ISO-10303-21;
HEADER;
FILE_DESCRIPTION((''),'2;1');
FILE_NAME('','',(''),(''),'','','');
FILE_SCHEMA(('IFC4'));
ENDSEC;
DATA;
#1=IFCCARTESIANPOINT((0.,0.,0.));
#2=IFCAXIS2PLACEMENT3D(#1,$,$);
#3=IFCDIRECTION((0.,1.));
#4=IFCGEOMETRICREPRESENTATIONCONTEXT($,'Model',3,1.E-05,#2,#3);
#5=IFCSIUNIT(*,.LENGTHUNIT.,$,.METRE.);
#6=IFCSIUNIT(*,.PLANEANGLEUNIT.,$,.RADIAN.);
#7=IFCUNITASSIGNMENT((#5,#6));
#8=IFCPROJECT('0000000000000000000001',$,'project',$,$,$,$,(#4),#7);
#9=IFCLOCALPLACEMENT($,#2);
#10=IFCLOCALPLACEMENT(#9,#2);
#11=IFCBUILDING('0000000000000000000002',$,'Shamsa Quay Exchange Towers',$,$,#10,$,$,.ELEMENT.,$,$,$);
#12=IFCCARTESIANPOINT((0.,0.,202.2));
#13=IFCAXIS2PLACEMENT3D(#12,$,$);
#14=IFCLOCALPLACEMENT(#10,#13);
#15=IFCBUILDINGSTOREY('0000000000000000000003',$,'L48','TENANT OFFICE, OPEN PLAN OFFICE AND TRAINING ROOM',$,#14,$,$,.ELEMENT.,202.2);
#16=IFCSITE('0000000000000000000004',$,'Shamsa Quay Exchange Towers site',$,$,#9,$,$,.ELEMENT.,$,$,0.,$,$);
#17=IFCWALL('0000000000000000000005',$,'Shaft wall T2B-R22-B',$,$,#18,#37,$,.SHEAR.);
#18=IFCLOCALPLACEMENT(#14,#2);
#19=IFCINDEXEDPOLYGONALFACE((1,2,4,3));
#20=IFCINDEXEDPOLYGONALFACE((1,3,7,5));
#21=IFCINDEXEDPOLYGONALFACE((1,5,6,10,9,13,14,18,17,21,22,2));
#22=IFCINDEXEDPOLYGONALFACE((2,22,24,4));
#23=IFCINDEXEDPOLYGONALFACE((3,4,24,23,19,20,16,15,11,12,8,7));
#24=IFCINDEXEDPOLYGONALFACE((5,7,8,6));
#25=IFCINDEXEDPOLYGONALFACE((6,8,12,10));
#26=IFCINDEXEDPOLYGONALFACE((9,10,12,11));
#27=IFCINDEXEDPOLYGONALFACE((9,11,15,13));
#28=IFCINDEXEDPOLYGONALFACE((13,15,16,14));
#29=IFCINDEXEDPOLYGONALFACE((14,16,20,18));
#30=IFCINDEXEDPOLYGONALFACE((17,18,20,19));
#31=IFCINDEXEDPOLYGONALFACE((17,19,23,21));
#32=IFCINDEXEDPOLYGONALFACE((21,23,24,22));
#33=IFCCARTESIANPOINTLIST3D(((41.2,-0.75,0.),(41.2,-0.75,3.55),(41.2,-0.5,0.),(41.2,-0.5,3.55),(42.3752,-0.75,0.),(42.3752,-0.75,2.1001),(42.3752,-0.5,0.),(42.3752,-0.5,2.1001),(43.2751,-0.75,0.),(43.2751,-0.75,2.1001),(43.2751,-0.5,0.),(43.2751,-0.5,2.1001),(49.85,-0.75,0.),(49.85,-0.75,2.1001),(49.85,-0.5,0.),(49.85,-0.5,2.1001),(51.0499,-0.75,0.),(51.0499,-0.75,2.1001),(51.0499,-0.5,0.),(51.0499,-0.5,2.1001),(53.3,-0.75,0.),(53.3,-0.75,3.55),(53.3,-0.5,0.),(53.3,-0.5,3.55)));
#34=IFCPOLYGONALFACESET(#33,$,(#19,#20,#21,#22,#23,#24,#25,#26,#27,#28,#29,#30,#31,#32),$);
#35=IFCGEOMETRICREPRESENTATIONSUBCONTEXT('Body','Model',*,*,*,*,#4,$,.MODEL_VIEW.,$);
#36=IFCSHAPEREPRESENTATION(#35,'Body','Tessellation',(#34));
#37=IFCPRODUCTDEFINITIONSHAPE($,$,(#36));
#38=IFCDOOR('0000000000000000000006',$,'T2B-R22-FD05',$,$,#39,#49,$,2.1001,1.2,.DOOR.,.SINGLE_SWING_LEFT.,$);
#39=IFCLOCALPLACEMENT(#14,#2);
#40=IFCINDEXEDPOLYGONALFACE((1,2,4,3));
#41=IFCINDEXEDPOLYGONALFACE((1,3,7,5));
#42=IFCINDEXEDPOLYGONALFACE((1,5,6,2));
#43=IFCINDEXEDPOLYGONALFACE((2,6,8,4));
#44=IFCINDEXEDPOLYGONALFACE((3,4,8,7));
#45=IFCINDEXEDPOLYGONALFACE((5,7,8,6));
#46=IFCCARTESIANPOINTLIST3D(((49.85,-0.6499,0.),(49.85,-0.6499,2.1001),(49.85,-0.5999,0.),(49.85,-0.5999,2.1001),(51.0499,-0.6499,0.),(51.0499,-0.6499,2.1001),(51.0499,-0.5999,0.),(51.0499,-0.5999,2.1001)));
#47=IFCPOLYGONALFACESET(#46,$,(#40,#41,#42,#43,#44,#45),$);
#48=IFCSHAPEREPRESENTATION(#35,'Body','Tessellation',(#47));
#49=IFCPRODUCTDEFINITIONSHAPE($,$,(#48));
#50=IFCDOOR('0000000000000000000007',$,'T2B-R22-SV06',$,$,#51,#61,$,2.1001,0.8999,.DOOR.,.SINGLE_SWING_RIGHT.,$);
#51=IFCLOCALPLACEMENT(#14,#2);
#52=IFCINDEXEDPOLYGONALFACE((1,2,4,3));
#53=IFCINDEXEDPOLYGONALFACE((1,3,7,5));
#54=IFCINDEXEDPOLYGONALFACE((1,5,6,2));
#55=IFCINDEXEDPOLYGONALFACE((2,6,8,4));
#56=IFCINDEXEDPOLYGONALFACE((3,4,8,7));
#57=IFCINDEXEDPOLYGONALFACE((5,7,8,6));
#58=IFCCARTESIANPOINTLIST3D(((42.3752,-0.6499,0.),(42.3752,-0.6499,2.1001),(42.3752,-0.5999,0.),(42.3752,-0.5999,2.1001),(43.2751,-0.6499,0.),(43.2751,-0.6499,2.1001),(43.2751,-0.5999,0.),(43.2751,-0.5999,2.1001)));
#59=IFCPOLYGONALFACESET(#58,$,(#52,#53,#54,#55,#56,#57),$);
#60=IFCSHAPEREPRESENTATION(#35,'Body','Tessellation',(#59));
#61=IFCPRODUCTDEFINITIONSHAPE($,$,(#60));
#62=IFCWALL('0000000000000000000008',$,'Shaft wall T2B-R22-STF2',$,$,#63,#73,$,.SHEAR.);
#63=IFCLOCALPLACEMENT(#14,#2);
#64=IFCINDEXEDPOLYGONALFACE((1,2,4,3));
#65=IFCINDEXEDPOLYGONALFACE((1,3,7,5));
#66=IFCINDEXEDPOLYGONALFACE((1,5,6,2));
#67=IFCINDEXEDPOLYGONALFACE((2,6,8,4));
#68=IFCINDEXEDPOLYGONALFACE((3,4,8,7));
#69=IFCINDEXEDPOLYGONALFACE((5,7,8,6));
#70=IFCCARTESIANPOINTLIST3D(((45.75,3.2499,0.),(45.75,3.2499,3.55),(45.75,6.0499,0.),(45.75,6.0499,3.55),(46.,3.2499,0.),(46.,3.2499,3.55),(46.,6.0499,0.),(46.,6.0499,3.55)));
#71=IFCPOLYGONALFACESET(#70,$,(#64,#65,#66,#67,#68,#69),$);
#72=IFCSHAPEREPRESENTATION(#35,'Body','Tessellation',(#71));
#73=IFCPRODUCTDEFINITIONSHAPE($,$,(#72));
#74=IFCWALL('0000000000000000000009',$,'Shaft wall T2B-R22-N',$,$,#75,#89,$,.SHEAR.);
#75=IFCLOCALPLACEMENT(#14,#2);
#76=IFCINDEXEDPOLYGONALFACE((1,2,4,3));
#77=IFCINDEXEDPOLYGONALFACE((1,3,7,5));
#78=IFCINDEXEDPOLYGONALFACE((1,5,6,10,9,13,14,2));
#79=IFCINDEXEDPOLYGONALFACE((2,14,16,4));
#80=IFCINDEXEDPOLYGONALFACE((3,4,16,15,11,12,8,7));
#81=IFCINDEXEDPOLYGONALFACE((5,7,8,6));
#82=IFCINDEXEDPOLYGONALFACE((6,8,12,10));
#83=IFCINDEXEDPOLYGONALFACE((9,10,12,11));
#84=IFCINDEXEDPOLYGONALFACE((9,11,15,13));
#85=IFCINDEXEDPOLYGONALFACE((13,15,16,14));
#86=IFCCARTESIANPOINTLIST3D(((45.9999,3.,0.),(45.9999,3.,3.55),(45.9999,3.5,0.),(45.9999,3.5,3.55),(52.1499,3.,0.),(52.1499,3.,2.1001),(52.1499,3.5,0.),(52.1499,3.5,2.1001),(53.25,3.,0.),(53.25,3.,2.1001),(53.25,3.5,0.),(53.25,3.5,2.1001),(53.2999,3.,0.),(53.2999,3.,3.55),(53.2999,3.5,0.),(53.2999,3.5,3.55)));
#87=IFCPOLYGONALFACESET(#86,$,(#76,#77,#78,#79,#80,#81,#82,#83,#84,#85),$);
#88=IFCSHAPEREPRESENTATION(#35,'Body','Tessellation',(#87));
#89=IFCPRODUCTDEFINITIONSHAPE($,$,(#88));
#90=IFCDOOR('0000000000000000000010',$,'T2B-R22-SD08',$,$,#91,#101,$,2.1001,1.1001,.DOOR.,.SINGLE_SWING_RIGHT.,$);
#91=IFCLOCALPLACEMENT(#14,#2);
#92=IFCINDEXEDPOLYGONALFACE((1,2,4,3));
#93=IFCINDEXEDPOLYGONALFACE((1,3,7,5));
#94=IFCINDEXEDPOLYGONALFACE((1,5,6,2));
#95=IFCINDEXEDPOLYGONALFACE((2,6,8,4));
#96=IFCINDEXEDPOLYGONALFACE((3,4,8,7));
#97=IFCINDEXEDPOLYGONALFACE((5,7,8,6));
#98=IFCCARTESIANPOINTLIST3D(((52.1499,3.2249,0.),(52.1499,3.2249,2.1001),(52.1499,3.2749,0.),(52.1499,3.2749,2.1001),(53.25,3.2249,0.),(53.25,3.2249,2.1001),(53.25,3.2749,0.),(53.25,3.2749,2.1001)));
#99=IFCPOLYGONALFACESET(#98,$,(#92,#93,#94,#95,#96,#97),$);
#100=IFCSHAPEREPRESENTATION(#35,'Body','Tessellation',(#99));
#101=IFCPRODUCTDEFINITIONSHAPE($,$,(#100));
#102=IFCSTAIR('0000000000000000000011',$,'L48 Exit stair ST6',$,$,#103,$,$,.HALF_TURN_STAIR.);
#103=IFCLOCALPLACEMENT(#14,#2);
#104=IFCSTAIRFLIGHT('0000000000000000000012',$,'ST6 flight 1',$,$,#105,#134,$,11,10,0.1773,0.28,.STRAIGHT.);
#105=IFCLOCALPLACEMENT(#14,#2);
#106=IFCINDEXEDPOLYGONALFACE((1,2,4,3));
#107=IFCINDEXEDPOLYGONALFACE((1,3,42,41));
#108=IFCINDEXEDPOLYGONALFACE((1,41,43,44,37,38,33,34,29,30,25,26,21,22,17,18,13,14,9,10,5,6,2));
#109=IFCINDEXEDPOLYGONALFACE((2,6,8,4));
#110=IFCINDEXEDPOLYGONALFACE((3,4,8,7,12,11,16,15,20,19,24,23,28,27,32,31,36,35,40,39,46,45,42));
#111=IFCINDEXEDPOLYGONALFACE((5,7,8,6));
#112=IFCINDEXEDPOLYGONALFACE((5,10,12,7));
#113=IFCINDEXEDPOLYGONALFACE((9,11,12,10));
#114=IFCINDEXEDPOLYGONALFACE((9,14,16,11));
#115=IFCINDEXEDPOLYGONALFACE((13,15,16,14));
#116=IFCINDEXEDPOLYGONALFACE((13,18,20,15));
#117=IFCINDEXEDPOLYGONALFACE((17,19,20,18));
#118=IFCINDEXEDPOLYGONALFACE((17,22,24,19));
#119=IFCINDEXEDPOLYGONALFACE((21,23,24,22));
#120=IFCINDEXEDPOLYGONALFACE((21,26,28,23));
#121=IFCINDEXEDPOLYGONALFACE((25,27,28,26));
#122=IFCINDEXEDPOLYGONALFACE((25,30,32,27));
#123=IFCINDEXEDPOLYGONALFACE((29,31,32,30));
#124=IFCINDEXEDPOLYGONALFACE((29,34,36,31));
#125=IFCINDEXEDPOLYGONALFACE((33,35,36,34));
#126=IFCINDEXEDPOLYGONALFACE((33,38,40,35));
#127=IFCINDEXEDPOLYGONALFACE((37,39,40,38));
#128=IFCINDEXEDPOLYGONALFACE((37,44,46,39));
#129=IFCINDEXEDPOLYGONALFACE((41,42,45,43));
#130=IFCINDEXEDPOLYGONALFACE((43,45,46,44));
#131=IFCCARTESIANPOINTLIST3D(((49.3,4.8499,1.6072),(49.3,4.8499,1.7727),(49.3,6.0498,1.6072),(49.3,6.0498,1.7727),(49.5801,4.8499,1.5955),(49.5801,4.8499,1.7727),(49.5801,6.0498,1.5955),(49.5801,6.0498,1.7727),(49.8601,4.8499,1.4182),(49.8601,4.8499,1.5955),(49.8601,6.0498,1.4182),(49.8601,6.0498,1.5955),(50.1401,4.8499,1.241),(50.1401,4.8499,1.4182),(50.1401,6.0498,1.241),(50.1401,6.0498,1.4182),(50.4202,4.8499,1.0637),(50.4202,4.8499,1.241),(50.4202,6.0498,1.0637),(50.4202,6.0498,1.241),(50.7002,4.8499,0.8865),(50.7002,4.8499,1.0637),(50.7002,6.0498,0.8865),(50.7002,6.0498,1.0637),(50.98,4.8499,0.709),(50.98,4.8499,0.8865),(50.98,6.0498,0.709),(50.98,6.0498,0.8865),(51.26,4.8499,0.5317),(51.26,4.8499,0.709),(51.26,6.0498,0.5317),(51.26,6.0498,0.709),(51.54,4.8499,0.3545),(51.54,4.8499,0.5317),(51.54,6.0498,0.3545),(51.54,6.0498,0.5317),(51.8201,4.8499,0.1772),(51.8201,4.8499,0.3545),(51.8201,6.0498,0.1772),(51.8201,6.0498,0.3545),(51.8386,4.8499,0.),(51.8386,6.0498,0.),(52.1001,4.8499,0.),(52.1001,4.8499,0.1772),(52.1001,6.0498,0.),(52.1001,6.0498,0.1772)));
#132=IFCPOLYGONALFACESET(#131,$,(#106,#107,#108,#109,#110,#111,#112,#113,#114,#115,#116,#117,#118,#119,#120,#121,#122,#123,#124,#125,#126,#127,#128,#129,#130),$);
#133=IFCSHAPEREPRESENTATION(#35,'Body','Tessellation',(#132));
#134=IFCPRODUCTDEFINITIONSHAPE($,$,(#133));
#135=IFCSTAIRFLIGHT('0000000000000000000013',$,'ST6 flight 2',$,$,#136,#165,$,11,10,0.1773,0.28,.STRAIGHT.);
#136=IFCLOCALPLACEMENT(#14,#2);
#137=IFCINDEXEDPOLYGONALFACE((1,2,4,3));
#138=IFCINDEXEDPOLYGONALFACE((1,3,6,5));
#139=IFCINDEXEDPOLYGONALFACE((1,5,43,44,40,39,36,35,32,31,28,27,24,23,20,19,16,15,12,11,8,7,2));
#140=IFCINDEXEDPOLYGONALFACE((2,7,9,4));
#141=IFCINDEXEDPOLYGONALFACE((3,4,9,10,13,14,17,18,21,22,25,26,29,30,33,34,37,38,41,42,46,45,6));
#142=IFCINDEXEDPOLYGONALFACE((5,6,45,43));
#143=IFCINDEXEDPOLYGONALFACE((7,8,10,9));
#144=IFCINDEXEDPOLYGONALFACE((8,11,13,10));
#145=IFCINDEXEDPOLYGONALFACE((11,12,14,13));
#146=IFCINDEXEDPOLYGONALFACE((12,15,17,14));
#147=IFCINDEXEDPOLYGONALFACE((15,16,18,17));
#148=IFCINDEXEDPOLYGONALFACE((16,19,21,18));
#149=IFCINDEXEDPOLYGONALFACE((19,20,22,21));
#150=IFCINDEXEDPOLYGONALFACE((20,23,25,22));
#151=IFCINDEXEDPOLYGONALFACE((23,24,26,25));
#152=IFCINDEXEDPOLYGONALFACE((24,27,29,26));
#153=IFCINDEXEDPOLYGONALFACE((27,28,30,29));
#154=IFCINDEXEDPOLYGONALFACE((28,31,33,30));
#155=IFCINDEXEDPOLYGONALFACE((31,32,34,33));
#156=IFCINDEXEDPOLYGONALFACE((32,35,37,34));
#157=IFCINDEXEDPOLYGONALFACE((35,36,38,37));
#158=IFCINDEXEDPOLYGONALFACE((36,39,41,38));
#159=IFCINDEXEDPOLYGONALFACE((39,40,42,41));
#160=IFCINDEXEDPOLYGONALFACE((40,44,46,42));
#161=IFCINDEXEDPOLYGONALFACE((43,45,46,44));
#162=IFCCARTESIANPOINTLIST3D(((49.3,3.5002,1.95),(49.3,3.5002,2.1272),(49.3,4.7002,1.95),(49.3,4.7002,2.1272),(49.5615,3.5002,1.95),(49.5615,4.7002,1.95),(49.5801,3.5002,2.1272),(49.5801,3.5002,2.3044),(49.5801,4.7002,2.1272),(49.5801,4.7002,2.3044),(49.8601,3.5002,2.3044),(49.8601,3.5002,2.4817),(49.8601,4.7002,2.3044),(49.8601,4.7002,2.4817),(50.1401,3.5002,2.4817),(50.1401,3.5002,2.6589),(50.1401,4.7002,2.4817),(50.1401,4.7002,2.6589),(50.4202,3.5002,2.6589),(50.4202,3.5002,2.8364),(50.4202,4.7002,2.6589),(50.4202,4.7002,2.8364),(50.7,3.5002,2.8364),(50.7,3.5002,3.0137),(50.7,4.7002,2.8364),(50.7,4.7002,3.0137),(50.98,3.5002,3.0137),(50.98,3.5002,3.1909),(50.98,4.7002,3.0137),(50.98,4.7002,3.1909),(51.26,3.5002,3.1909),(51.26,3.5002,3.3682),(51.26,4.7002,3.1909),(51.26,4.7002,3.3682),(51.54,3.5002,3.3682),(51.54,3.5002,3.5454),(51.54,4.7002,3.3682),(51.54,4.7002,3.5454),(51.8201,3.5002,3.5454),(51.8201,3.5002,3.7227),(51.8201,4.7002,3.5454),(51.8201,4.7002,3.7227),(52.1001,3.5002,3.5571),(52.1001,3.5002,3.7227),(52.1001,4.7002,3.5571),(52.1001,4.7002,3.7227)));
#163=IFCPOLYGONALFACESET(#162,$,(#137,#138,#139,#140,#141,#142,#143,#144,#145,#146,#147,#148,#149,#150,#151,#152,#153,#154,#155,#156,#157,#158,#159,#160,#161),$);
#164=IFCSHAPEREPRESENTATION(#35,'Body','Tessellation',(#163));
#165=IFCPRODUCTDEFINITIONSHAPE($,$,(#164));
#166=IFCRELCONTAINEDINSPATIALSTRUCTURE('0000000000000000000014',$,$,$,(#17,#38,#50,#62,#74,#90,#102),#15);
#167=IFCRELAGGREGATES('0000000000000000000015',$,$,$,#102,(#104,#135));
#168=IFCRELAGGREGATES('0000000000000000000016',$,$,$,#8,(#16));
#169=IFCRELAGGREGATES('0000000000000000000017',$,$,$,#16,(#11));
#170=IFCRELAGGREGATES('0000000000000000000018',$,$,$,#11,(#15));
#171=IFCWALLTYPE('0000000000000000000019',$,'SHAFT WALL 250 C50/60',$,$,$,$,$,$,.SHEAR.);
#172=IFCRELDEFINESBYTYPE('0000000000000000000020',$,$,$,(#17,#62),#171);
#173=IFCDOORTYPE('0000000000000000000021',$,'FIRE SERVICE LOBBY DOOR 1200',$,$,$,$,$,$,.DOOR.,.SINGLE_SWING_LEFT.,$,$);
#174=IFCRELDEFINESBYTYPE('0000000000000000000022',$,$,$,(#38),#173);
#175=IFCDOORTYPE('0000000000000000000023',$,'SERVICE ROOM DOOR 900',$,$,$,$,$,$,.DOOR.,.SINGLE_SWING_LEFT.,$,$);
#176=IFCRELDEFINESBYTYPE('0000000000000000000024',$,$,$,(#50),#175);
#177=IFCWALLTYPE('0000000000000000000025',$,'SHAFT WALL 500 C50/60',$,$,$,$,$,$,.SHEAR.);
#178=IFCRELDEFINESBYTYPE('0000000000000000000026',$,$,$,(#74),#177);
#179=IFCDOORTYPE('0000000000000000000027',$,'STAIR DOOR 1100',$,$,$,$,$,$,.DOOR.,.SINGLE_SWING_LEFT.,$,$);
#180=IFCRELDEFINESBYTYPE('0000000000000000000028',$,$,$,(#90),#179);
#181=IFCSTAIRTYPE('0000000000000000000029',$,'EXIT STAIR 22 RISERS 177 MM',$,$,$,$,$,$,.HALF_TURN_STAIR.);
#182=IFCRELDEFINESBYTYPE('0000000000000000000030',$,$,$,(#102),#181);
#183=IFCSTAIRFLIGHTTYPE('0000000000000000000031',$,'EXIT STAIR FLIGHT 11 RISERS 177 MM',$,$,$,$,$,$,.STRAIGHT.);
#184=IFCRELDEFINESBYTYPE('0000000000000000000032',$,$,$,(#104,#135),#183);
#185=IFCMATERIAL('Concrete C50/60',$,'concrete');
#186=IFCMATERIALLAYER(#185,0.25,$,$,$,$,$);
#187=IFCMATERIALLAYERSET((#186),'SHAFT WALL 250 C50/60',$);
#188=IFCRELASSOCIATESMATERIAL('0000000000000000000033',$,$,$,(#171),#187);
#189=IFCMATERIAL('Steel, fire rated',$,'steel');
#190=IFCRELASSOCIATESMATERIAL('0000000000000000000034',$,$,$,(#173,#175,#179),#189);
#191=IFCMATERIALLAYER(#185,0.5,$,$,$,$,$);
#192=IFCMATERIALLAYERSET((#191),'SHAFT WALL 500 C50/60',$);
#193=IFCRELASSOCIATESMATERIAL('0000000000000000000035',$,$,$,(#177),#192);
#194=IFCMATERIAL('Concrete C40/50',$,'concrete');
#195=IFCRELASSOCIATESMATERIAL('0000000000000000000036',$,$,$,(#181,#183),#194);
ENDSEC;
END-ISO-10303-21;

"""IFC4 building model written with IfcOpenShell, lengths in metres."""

from ifc_helpers import new_model, si_unit, direction, frame, frame_2d, origin, place, context, subcontext, project, spatial, polyline, rectangle, outline, extrude, material, layer, layer_set, type_object, element, fill, aggregate, save


model = new_model("IFC4")

# Units and contexts
model_context = context("Model", 3, precision=1e-05, world=origin(), true_north=direction((0.0, 1.0)))
body_context = subcontext(model_context, "Body", "Model", "MODEL_VIEW")
ifc_project = project(units=[si_unit("LENGTHUNIT", "METRE"), si_unit("PLANEANGLEUNIT", "RADIAN")], contexts=[model_context])

# Site, building, storey
site_placement = place(None, origin())
site = spatial("IfcSite", under=ifc_project, at=site_placement, Name="Shamsa Quay Exchange Towers site", CompositionType="ELEMENT", RefElevation=0.0)
building_placement = place(site_placement, origin())
building = spatial("IfcBuilding", under=site, at=building_placement, Name="Shamsa Quay Exchange Towers", CompositionType="ELEMENT")
storey_placement = place(building_placement, frame((0.0, 0.0, 202.2)))
storey = spatial("IfcBuildingStorey", under=building, at=storey_placement, Name="L48", Description="TENANT OFFICE, OPEN PLAN OFFICE AND TRAINING ROOM", CompositionType="ELEMENT", Elevation=202.2)

# Wall, openings, doors
ifc_material_1 = material(Name="Concrete C50/60", Category="concrete")
ifc_layer_1 = layer(ifc_material_1, 0.25)
ifc_layer_set_1 = layer_set([ifc_layer_1], Name="SHAFT WALL 250 C50/60")
wall_type_1 = type_object("IfcWallType", Name="SHAFT WALL 250 C50/60", PredefinedType="SHEAR", material=ifc_layer_set_1)
wall_1_placement = place(storey_placement, frame((53.3, -0.625, 0.0), z_axis=(0.0, 0.0, 1.0), x_axis=(-1.0, 0.0, 0.0)))
wall_1 = element("IfcWall", 1, at=wall_1_placement, inside=storey, type_object=wall_type_1, Name="Shaft wall T2B-R22-B", PredefinedType="SHEAR", context=body_context, shape_type="SweptSolid", body=[
    extrude(rectangle(XDim=12.1001, YDim=0.25, at=frame_2d((6.05, 0.0))), origin(), (0.0, 0.0, 1.0), 3.55),
])
opening_1_placement = place(wall_1_placement, frame((2.25, 0.0, 0.0)))
opening_1 = element("IfcOpeningElement", 2, at=opening_1_placement, cuts=wall_1, PredefinedType="OPENING", context=body_context, shape_type="SweptSolid", body=[
    extrude(rectangle(XDim=1.2, YDim=2.1001, at=frame_2d((0.6001, 1.05))), frame((0.0, 0.135, 0.0), z_axis=(0.0, -1.0, 0.0), x_axis=(1.0, 0.0, 0.0)), (0.0, 0.0, 1.0), 0.27),
])
opening_2_placement = place(wall_1_placement, frame((10.0249, 0.0, 0.0)))
opening_2 = element("IfcOpeningElement", 3, at=opening_2_placement, cuts=wall_1, PredefinedType="OPENING", context=body_context, shape_type="SweptSolid", body=[
    extrude(rectangle(XDim=0.8999, YDim=2.1001, at=frame_2d((0.45, 1.05))), frame((0.0, 0.135, 0.0), z_axis=(0.0, -1.0, 0.0), x_axis=(1.0, 0.0, 0.0)), (0.0, 0.0, 1.0), 0.27),
])
ifc_material_2 = material(Name="Steel, fire rated", Category="steel")
door_type_1 = type_object("IfcDoorType", Name="FIRE SERVICE LOBBY DOOR 1200", OperationType="SINGLE_SWING_LEFT", PredefinedType="DOOR", material=ifc_material_2)
door_1_placement = place(opening_1_placement, origin())
door_1 = element("IfcDoor", 4, at=door_1_placement, inside=storey, type_object=door_type_1, Name="T2B-R22-FD05", OperationType="SINGLE_SWING_LEFT", OverallHeight=2.1001, OverallWidth=1.2, PredefinedType="DOOR", context=body_context, shape_type="SweptSolid", body=[
    extrude(rectangle(XDim=1.2, YDim=2.1001, at=frame_2d((0.6001, 1.05))), frame((0.0, 0.0249, 0.0), z_axis=(0.0, -1.0, 0.0), x_axis=(1.0, 0.0, 0.0)), (0.0, 0.0, 1.0), 0.05),
])
fill(opening_1, door_1)
door_type_2 = type_object("IfcDoorType", Name="SERVICE ROOM DOOR 900", OperationType="SINGLE_SWING_LEFT", PredefinedType="DOOR", material=ifc_material_2)
door_2_placement = place(opening_2_placement, origin())
door_2 = element("IfcDoor", 5, at=door_2_placement, inside=storey, type_object=door_type_2, Name="T2B-R22-SV06", OperationType="SINGLE_SWING_RIGHT", OverallHeight=2.1001, OverallWidth=0.8999, PredefinedType="DOOR", context=body_context, shape_type="SweptSolid", body=[
    extrude(rectangle(XDim=0.8999, YDim=2.1001, at=frame_2d((0.45, 1.05))), frame((0.0, 0.0249, 0.0), z_axis=(0.0, -1.0, 0.0), x_axis=(1.0, 0.0, 0.0)), (0.0, 0.0, 1.0), 0.05),
])
fill(opening_2, door_2)

# Wall
wall_2_placement = place(storey_placement, frame((45.875, 3.25, 0.0), z_axis=(0.0, 0.0, 1.0), x_axis=(0.0, 1.0, 0.0)))
element("IfcWall", 6, at=wall_2_placement, inside=storey, type_object=wall_type_1, Name="Shaft wall T2B-R22-STF2", PredefinedType="SHEAR", context=body_context, shape_type="SweptSolid", body=[
    extrude(rectangle(XDim=2.8, YDim=0.25, at=frame_2d((1.3999, 0.0))), origin(), (0.0, 0.0, 1.0), 3.55),
])

# Wall, opening, door
ifc_layer_2 = layer(ifc_material_1, 0.5)
ifc_layer_set_2 = layer_set([ifc_layer_2], Name="SHAFT WALL 500 C50/60")
wall_type_2 = type_object("IfcWallType", Name="SHAFT WALL 500 C50/60", PredefinedType="SHEAR", material=ifc_layer_set_2)
wall_3_placement = place(storey_placement, frame((46.0, 3.25, 0.0)))
wall_3 = element("IfcWall", 7, at=wall_3_placement, inside=storey, type_object=wall_type_2, Name="Shaft wall T2B-R22-N", PredefinedType="SHEAR", context=body_context, shape_type="SweptSolid", body=[
    extrude(rectangle(XDim=7.3, YDim=0.5, at=frame_2d((3.6499, 0.0))), origin(), (0.0, 0.0, 1.0), 3.55),
])
opening_3_placement = place(wall_3_placement, frame((6.1499, 0.0, 0.0)))
opening_3 = element("IfcOpeningElement", 8, at=opening_3_placement, cuts=wall_3, PredefinedType="OPENING", context=body_context, shape_type="SweptSolid", body=[
    extrude(rectangle(XDim=1.1001, YDim=2.1001, at=frame_2d((0.55, 1.05))), frame((0.0, 0.26, 0.0), z_axis=(0.0, -1.0, 0.0), x_axis=(1.0, 0.0, 0.0)), (0.0, 0.0, 1.0), 0.52),
])
door_type_3 = type_object("IfcDoorType", Name="STAIR DOOR 1100", OperationType="SINGLE_SWING_LEFT", PredefinedType="DOOR", material=ifc_material_2)
door_3_placement = place(opening_3_placement, origin())
door_3 = element("IfcDoor", 9, at=door_3_placement, inside=storey, type_object=door_type_3, Name="T2B-R22-SD08", OperationType="SINGLE_SWING_RIGHT", OverallHeight=2.1001, OverallWidth=1.1001, PredefinedType="DOOR", context=body_context, shape_type="SweptSolid", body=[
    extrude(rectangle(XDim=1.1001, YDim=2.1001, at=frame_2d((0.55, 1.05))), frame((0.0, 0.0249, 0.0), z_axis=(0.0, -1.0, 0.0), x_axis=(1.0, 0.0, 0.0)), (0.0, 0.0, 1.0), 0.05),
])
fill(opening_3, door_3)

# Stair, stair flights
ifc_material_3 = material(Name="Concrete C40/50", Category="concrete")
stair_type = type_object("IfcStairType", Name="EXIT STAIR 22 RISERS 177 MM", PredefinedType="HALF_TURN_STAIR", material=ifc_material_3)
stair_placement = place(storey_placement, origin())
stair = element("IfcStair", 10, at=stair_placement, inside=storey, type_object=stair_type, Name="L48 Exit stair ST6", PredefinedType="HALF_TURN_STAIR")
stair_flight_type = type_object("IfcStairFlightType", Name="EXIT STAIR FLIGHT 11 RISERS 177 MM", PredefinedType="STRAIGHT", material=ifc_material_3)
stair_flight_1_placement = place(storey_placement, frame((52.1001, 5.45, 0.0), z_axis=(0.0, 0.0, 1.0), x_axis=(-1.0, 0.0, 0.0)))
stair_flight_1 = element("IfcStairFlight", 11, at=stair_flight_1_placement, type_object=stair_flight_type, Name="ST6 flight 1", NumberOfRisers=11, NumberOfTreads=10, PredefinedType="STRAIGHT", RiserHeight=0.1773, TreadLength=0.28, context=body_context, shape_type="SweptSolid", body=[
    extrude(outline(polyline([(0.0, 0.0), (0.0, 0.1772), (0.28, 0.1772), (0.28, 0.3545), (0.5601, 0.3545), (0.5601, 0.5317), (0.8401, 0.5317), (0.8401, 0.709), (1.1201, 0.709), (1.1201, 0.8865), (1.3999, 0.8865), (1.3999, 1.0637), (1.6799, 1.0637), (1.6799, 1.241), (1.96, 1.241), (1.96, 1.4182), (2.24, 1.4182), (2.24, 1.5955), (2.52, 1.5955), (2.52, 1.7727), (2.8, 1.7727), (2.8, 1.95), (2.8, 1.6072), (0.2615, 0.0), (0.0, 0.0)])), frame((0.0, 0.6001, 0.0), z_axis=(0.0, -1.0, 0.0), x_axis=(1.0, 0.0, 0.0)), (0.0, 0.0, 1.0), 1.2),
])
stair_flight_2_placement = place(storey_placement, frame((49.3, 4.1001, 1.95)))
stair_flight_2 = element("IfcStairFlight", 12, at=stair_flight_2_placement, type_object=stair_flight_type, Name="ST6 flight 2", NumberOfRisers=11, NumberOfTreads=10, PredefinedType="STRAIGHT", RiserHeight=0.1773, TreadLength=0.28, context=body_context, shape_type="SweptSolid", body=[
    extrude(outline(polyline([(0.0, 0.0), (0.0, 0.1772), (0.28, 0.1772), (0.28, 0.3545), (0.5601, 0.3545), (0.5601, 0.5317), (0.8401, 0.5317), (0.8401, 0.709), (1.1201, 0.709), (1.1201, 0.8865), (1.3999, 0.8865), (1.3999, 1.0637), (1.6799, 1.0637), (1.6799, 1.241), (1.96, 1.241), (1.96, 1.4182), (2.24, 1.4182), (2.24, 1.5955), (2.52, 1.5955), (2.52, 1.7727), (2.8, 1.7727), (2.8, 1.95), (2.8, 1.6072), (0.2615, 0.0), (0.0, 0.0)])), frame((0.0, 0.6001, 0.0), z_axis=(0.0, -1.0, 0.0), x_axis=(1.0, 0.0, 0.0)), (0.0, 0.0, 1.0), 1.2),
])
aggregate(stair, [stair_flight_1, stair_flight_2])

save(model, "model.ifc")
